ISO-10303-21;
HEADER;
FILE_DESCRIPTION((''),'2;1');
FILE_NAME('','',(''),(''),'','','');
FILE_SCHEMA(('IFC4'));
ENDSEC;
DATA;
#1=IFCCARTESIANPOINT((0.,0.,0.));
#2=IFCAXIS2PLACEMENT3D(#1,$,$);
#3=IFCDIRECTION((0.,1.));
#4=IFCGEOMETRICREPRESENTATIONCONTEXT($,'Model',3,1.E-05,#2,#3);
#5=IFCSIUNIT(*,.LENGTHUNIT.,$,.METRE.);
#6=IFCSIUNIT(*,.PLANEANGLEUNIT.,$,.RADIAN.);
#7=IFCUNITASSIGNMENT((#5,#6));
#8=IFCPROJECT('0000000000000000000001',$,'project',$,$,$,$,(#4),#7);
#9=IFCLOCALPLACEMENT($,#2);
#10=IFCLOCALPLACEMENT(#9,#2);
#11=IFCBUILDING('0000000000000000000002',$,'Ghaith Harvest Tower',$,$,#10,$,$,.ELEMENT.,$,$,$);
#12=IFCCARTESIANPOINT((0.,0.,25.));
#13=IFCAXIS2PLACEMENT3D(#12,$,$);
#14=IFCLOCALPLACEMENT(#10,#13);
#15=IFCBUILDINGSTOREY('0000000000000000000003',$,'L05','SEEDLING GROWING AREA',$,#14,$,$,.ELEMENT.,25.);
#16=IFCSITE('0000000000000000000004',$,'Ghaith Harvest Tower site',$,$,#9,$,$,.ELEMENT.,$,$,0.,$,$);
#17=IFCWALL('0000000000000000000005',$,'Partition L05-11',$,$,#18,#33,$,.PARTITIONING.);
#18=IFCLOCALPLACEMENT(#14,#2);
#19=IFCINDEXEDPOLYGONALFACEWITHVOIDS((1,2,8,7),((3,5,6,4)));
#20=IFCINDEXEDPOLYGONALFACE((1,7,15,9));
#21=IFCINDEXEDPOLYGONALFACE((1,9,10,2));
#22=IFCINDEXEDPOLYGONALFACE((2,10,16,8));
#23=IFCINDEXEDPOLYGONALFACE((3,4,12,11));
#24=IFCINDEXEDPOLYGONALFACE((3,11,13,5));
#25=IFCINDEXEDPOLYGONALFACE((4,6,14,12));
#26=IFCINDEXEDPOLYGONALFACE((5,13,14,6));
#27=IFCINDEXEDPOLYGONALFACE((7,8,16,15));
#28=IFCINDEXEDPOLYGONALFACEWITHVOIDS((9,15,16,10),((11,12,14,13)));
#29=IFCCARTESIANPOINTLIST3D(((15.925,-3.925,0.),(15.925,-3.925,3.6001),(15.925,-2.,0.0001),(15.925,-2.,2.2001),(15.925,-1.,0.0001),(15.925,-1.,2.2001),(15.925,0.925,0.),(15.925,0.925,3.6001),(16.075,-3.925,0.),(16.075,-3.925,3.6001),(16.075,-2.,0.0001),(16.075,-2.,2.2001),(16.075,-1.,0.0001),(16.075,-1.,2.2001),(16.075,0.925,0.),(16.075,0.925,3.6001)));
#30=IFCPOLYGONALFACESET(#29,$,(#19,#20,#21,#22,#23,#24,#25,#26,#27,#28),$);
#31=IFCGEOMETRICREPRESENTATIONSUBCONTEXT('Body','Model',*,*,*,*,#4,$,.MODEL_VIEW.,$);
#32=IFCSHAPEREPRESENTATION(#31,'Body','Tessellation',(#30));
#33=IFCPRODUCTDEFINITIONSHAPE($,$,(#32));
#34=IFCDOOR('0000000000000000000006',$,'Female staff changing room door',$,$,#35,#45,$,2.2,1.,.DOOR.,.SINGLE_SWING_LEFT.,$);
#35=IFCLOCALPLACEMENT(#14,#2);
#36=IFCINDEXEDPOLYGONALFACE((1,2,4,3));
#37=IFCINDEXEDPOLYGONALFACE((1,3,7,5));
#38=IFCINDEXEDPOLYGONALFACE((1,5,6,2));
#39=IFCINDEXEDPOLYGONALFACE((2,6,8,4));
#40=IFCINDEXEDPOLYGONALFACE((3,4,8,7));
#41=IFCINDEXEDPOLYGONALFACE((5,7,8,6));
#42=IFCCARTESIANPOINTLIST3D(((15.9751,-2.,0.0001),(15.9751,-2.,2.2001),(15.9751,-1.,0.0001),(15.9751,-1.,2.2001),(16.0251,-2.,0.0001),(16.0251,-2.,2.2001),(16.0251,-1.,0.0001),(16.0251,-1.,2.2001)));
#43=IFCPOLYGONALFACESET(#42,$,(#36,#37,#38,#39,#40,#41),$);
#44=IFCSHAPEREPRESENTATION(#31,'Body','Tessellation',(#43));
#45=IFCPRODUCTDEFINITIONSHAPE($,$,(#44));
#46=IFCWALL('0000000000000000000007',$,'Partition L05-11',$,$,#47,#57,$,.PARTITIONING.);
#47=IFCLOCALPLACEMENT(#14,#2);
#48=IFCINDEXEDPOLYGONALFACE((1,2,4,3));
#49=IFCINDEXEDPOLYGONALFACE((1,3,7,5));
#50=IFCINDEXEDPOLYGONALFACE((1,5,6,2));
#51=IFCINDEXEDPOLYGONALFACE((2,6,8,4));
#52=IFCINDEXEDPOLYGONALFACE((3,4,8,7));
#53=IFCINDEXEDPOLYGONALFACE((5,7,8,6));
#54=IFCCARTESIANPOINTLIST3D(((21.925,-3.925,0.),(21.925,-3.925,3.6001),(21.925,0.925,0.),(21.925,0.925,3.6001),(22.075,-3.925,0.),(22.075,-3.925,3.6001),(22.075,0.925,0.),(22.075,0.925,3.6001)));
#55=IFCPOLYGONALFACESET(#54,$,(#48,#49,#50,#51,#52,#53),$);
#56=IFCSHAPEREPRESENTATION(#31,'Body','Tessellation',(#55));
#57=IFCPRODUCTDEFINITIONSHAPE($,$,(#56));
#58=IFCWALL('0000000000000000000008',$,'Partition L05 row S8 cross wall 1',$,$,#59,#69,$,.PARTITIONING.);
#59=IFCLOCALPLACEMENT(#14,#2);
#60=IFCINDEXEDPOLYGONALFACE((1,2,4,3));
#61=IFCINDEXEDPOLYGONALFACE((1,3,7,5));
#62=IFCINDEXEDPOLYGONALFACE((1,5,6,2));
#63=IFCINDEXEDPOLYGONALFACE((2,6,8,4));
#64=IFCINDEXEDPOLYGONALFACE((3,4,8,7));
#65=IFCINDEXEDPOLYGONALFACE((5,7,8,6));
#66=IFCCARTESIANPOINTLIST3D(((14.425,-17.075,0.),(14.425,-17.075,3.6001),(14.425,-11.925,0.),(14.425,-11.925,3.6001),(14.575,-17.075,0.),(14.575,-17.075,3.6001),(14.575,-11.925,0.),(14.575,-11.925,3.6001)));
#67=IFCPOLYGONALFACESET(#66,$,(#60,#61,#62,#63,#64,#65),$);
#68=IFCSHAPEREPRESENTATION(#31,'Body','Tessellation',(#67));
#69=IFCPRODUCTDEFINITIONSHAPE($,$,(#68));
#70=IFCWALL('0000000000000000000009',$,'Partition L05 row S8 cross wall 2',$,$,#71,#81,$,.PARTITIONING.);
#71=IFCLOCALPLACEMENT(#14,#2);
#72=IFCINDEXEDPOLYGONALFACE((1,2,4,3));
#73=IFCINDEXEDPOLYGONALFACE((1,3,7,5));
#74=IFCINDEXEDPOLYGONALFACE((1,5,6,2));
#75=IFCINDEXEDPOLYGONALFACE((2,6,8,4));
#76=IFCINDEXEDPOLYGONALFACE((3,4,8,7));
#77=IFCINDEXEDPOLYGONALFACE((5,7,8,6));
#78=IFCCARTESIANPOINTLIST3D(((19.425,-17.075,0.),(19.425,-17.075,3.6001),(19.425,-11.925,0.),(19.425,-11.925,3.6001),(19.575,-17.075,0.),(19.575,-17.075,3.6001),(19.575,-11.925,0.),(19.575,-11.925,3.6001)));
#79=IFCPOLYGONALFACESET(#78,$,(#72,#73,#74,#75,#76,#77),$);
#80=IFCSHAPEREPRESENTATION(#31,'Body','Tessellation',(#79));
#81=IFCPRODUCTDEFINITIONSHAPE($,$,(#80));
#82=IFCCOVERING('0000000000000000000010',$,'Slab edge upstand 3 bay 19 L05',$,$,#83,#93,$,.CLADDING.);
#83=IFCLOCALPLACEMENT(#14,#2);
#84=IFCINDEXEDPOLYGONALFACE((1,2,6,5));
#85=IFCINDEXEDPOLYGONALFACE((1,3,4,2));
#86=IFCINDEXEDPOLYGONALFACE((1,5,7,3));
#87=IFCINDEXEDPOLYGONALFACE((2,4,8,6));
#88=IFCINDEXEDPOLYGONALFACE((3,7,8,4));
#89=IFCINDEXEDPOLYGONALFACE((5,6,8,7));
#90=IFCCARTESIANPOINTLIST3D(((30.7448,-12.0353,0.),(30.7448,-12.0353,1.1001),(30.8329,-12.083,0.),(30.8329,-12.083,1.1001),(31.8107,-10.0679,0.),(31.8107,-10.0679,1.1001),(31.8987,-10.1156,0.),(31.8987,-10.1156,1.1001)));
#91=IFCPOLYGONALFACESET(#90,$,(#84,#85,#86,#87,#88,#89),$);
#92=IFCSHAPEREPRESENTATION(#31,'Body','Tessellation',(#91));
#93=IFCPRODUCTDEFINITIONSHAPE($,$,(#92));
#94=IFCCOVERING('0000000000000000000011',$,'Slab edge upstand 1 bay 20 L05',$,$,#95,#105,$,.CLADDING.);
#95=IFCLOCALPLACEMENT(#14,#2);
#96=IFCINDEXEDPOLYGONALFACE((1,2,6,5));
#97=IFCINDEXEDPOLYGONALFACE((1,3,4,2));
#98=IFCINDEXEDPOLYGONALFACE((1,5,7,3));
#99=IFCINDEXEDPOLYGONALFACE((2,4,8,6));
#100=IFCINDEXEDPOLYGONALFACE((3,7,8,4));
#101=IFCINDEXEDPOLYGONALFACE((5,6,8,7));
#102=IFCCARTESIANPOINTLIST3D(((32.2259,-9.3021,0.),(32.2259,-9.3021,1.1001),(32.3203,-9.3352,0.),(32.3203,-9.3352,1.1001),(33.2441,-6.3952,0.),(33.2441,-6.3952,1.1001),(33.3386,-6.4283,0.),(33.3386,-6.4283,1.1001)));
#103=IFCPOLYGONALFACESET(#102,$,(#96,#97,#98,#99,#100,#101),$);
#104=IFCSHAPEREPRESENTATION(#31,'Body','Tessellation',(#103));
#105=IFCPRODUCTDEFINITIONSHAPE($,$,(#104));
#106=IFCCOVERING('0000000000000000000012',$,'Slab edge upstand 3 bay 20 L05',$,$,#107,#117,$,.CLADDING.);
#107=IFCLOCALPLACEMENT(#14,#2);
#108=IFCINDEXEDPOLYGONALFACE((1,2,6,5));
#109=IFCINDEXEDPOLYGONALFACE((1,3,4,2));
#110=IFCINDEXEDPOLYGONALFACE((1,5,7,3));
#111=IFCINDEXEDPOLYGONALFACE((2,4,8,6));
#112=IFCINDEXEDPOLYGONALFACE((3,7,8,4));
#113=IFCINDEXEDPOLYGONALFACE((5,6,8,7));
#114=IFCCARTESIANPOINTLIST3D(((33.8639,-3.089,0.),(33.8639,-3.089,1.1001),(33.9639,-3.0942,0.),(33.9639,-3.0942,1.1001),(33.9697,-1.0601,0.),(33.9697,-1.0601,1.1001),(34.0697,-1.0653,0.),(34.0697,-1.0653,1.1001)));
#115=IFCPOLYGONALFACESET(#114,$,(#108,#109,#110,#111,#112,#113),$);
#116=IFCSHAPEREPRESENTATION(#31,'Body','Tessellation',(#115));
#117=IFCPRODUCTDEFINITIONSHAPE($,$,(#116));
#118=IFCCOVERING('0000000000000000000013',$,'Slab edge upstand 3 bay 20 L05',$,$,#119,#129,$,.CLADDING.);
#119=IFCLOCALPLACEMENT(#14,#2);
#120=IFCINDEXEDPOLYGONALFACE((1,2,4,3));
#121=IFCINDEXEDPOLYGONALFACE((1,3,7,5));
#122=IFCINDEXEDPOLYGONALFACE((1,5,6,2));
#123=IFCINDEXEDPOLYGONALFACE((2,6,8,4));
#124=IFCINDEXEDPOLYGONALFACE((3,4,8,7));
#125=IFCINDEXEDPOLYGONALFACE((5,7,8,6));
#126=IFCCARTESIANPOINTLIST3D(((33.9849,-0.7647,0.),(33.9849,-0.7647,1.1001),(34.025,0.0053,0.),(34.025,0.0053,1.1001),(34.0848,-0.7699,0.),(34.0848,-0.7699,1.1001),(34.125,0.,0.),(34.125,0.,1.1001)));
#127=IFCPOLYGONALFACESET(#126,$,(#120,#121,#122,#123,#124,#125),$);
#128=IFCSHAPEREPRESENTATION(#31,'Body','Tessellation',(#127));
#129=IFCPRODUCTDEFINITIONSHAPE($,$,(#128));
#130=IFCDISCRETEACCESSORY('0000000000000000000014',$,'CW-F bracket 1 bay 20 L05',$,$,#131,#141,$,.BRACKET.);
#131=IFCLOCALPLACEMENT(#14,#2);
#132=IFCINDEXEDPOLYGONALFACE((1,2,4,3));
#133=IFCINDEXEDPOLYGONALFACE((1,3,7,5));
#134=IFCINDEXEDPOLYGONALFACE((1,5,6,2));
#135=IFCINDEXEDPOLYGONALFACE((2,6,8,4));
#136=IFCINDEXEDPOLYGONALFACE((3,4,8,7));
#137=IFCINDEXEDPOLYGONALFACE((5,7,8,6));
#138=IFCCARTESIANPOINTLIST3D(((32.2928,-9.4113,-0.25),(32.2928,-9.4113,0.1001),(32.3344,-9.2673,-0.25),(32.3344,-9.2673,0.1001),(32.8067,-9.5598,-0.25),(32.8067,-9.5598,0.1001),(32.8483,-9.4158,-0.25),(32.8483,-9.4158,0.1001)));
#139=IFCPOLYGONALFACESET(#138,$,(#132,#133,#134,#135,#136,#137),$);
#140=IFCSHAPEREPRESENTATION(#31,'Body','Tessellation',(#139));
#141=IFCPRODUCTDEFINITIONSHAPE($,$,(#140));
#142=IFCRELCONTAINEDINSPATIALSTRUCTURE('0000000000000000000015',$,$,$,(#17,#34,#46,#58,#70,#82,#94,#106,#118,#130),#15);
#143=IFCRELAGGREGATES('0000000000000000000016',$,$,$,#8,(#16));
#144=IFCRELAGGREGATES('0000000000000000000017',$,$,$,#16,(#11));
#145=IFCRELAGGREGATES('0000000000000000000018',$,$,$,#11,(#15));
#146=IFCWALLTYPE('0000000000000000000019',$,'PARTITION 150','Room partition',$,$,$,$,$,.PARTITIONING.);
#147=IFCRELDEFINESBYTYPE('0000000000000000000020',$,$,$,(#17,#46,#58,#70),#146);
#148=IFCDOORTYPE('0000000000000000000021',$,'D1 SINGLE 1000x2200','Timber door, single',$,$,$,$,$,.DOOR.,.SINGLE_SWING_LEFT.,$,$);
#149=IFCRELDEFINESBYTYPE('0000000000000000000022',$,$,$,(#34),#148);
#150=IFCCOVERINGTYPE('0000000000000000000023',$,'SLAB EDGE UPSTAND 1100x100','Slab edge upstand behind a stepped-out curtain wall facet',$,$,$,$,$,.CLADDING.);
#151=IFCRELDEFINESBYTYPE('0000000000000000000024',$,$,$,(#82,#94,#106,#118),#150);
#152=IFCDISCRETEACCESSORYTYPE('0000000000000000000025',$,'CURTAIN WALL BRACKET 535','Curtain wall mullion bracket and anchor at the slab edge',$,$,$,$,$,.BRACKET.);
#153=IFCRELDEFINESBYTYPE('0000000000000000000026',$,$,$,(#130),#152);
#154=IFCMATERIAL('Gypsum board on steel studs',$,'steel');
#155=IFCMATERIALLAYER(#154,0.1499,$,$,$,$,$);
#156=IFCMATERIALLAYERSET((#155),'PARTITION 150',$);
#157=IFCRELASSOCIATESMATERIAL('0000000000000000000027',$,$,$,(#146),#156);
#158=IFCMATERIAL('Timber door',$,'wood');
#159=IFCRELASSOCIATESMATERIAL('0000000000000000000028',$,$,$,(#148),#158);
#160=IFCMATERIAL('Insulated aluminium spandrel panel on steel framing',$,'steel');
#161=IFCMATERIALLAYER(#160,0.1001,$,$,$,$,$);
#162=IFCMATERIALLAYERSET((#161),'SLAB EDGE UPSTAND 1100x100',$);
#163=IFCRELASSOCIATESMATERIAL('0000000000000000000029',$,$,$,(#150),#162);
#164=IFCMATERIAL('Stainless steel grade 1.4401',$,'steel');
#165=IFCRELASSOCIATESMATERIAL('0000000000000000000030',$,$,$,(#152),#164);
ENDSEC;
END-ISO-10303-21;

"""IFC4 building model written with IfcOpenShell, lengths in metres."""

from ifc_helpers import new_model, si_unit, direction, frame, frame_2d, origin, origin_2d, place, context, subcontext, project, spatial, rectangle, extrude, material, layer, layer_set, type_object, element, fill, save


model = new_model("IFC4")

# Units and contexts
model_context = context("Model", 3, precision=1e-05, world=origin(), true_north=direction((0.0, 1.0)))
body_context = subcontext(model_context, "Body", "Model", "MODEL_VIEW")
ifc_project = project(units=[si_unit("LENGTHUNIT", "METRE"), si_unit("PLANEANGLEUNIT", "RADIAN")], contexts=[model_context])

# Site, building, storey
site_placement = place(None, origin())
site = spatial("IfcSite", under=ifc_project, at=site_placement, Name="Ghaith Harvest Tower site", CompositionType="ELEMENT", RefElevation=0.0)
building_placement = place(site_placement, origin())
building = spatial("IfcBuilding", under=site, at=building_placement, Name="Ghaith Harvest Tower", CompositionType="ELEMENT")
storey_placement = place(building_placement, frame((0.0, 0.0, 25.0)))
storey = spatial("IfcBuildingStorey", under=building, at=storey_placement, Name="L05", Description="SEEDLING GROWING AREA", CompositionType="ELEMENT", Elevation=25.0)

# Shared definitions
ifc_material_1 = material(Name="Gypsum board on steel studs", Category="steel")
ifc_layer_1 = layer(ifc_material_1, 0.1499)
ifc_layer_set_1 = layer_set([ifc_layer_1], Name="PARTITION 150")
wall_type = type_object("IfcWallType", Name="PARTITION 150", Description="Room partition", PredefinedType="PARTITIONING", material=ifc_layer_set_1)

# Shared definitions
ifc_material_2 = material(Name="Timber door", Category="wood")
door_type_1 = type_object("IfcDoorType", Name="D1 SINGLE 1000x2200", Description="Timber door, single", OperationType="SINGLE_SWING_LEFT", PredefinedType="DOOR", material=ifc_material_2)

# Wall, opening, door
wall_1_placement = place(storey_placement, frame((16.0, -3.925, 0.0), z_axis=(0.0, 0.0, 1.0), x_axis=(0.0, 1.0, 0.0)))
wall_1 = element("IfcWall", 1, at=wall_1_placement, inside=storey, type_object=wall_type, Name="Partition L05-11", PredefinedType="PARTITIONING", context=body_context, shape_type="SweptSolid", body=[
    extrude(rectangle(XDim=4.8501, YDim=0.1499, at=frame_2d((2.425, 0.0))), origin(), (0.0, 0.0, 1.0), 3.6001),
])
opening_1_placement = place(wall_1_placement, frame((1.925, 0.0, 0.0)))
opening_1 = element("IfcOpeningElement", 2, at=opening_1_placement, cuts=wall_1, PredefinedType="OPENING", context=body_context, shape_type="SweptSolid", body=[
    extrude(rectangle(XDim=1.0, YDim=2.2, at=frame_2d((0.5, 1.1001))), frame((0.0, 0.085, 0.0), z_axis=(0.0, -1.0, 0.0), x_axis=(1.0, 0.0, 0.0)), (0.0, 0.0, 1.0), 0.1699),
])
door_1_placement = place(opening_1_placement, origin())
door_1 = element("IfcDoor", 3, at=door_1_placement, inside=storey, type_object=door_type_1, Name="Female staff changing room door", OperationType="SINGLE_SWING_LEFT", OverallHeight=2.2, OverallWidth=1.0, PredefinedType="DOOR", context=body_context, shape_type="SweptSolid", body=[
    extrude(rectangle(XDim=1.0, YDim=2.2, at=frame_2d((0.5, 1.1001))), frame((0.0, 0.0249, 0.0), z_axis=(0.0, -1.0, 0.0), x_axis=(1.0, 0.0, 0.0)), (0.0, 0.0, 1.0), 0.05),
])
fill(opening_1, door_1)

# Walls
wall_2_placement = place(storey_placement, frame((22.0, -3.925, 0.0), z_axis=(0.0, 0.0, 1.0), x_axis=(0.0, 1.0, 0.0)))
element("IfcWall", 4, at=wall_2_placement, inside=storey, type_object=wall_type, Name="Partition L05-11", PredefinedType="PARTITIONING", context=body_context, shape_type="SweptSolid", body=[
    extrude(rectangle(XDim=4.8501, YDim=0.1499, at=frame_2d((2.425, 0.0))), origin(), (0.0, 0.0, 1.0), 3.6001),
])
for number, where, z_axis, x_axis, name in (
    (5, (14.5, -11.925, 0.0), (0.0, 0.0, 1.0), (0.0, -1.0, 0.0), "Partition L05 row S8 cross wall 1"),
    (6, (19.5, -11.925, 0.0), (0.0, 0.0, 1.0), (0.0, -1.0, 0.0), "Partition L05 row S8 cross wall 2"),
):
    element("IfcWall", number, at=place(storey_placement, frame(where, z_axis=z_axis, x_axis=x_axis)), inside=storey, type_object=wall_type, Name=name, PredefinedType="PARTITIONING", context=body_context, shape_type="SweptSolid", body=[
        extrude(rectangle(XDim=5.1499, YDim=0.1499, at=frame_2d((2.575, 0.0))), origin(), (0.0, 0.0, 1.0), 3.6001),
    ])

# Coverings
ifc_material_3 = material(Name="Insulated aluminium spandrel panel on steel framing", Category="steel")
ifc_layer_2 = layer(ifc_material_3, 0.1001)
ifc_layer_set_2 = layer_set([ifc_layer_2], Name="SLAB EDGE UPSTAND 1100x100")
covering_type = type_object("IfcCoveringType", Name="SLAB EDGE UPSTAND 1100x100", Description="Slab edge upstand behind a stepped-out curtain wall facet", PredefinedType="CLADDING", material=ifc_layer_set_2)
covering_1_placement = place(storey_placement, frame((31.3218, -11.0754, 0.0), z_axis=(0.0, 0.0, 1.0), x_axis=(0.476349, 0.879256, 0.0)))
element("IfcCovering", 7, at=covering_1_placement, inside=storey, type_object=covering_type, Name="Slab edge upstand 3 bay 19 L05", PredefinedType="CLADDING", context=body_context, shape_type="SweptSolid", body=[
    extrude(rectangle(XDim=2.2375, YDim=0.1001, at=origin_2d()), origin(), (0.0, 0.0, 1.0), 1.1001),
])
covering_2_placement = place(storey_placement, frame((32.7822, -7.8652, 0.0), z_axis=(0.0, 0.0, 1.0), x_axis=(0.330598, 0.943772, 0.0)))
element("IfcCovering", 8, at=covering_2_placement, inside=storey, type_object=covering_type, Name="Slab edge upstand 1 bay 20 L05", PredefinedType="CLADDING", context=body_context, shape_type="SweptSolid", body=[
    extrude(rectangle(XDim=3.0801, YDim=0.1001, at=origin_2d()), origin(), (0.0, 0.0, 1.0), 1.1001),
])
covering_3_placement = place(storey_placement, frame((33.9668, -2.0771, 0.0), z_axis=(0.0, 0.0, 1.0), x_axis=(0.052049, 0.998645, 0.0)))
element("IfcCovering", 9, at=covering_3_placement, inside=storey, type_object=covering_type, Name="Slab edge upstand 3 bay 20 L05", PredefinedType="CLADDING", context=body_context, shape_type="SweptSolid", body=[
    extrude(rectangle(XDim=2.0317, YDim=0.1001, at=origin_2d()), origin(), (0.0, 0.0, 1.0), 1.1001),
])
covering_4_placement = place(storey_placement, frame((34.0549, -0.3823, 0.0), z_axis=(0.0, 0.0, 1.0), x_axis=(0.052049, 0.998645, 0.0)))
element("IfcCovering", 10, at=covering_4_placement, inside=storey, type_object=covering_type, Name="Slab edge upstand 3 bay 20 L05", PredefinedType="CLADDING", context=body_context, shape_type="SweptSolid", body=[
    extrude(rectangle(XDim=0.771, YDim=0.1001, at=origin_2d()), origin(), (0.0, 0.0, 1.0), 1.1001),
])

# Discrete accessory
ifc_material_4 = material(Name="Stainless steel grade 1.4401", Category="steel")
discrete_accessory_type = type_object("IfcDiscreteAccessoryType", Name="CURTAIN WALL BRACKET 535", Description="Curtain wall mullion bracket and anchor at the slab edge", PredefinedType="BRACKET", material=ifc_material_4)
discrete_accessory_placement = place(storey_placement, frame((32.5706, -9.4136, -0.25), z_axis=(0.0, 0.0, 1.0), x_axis=(0.96068, -0.277657, 0.0)))
element("IfcDiscreteAccessory", 11, at=discrete_accessory_placement, inside=storey, type_object=discrete_accessory_type, Name="CW-F bracket 1 bay 20 L05", PredefinedType="BRACKET", context=body_context, shape_type="SweptSolid", body=[
    extrude(rectangle(XDim=0.5349, YDim=0.1499, at=origin_2d()), origin(), (0.0, 0.0, 1.0), 0.3501),
])

save(model, "model.ifc")
